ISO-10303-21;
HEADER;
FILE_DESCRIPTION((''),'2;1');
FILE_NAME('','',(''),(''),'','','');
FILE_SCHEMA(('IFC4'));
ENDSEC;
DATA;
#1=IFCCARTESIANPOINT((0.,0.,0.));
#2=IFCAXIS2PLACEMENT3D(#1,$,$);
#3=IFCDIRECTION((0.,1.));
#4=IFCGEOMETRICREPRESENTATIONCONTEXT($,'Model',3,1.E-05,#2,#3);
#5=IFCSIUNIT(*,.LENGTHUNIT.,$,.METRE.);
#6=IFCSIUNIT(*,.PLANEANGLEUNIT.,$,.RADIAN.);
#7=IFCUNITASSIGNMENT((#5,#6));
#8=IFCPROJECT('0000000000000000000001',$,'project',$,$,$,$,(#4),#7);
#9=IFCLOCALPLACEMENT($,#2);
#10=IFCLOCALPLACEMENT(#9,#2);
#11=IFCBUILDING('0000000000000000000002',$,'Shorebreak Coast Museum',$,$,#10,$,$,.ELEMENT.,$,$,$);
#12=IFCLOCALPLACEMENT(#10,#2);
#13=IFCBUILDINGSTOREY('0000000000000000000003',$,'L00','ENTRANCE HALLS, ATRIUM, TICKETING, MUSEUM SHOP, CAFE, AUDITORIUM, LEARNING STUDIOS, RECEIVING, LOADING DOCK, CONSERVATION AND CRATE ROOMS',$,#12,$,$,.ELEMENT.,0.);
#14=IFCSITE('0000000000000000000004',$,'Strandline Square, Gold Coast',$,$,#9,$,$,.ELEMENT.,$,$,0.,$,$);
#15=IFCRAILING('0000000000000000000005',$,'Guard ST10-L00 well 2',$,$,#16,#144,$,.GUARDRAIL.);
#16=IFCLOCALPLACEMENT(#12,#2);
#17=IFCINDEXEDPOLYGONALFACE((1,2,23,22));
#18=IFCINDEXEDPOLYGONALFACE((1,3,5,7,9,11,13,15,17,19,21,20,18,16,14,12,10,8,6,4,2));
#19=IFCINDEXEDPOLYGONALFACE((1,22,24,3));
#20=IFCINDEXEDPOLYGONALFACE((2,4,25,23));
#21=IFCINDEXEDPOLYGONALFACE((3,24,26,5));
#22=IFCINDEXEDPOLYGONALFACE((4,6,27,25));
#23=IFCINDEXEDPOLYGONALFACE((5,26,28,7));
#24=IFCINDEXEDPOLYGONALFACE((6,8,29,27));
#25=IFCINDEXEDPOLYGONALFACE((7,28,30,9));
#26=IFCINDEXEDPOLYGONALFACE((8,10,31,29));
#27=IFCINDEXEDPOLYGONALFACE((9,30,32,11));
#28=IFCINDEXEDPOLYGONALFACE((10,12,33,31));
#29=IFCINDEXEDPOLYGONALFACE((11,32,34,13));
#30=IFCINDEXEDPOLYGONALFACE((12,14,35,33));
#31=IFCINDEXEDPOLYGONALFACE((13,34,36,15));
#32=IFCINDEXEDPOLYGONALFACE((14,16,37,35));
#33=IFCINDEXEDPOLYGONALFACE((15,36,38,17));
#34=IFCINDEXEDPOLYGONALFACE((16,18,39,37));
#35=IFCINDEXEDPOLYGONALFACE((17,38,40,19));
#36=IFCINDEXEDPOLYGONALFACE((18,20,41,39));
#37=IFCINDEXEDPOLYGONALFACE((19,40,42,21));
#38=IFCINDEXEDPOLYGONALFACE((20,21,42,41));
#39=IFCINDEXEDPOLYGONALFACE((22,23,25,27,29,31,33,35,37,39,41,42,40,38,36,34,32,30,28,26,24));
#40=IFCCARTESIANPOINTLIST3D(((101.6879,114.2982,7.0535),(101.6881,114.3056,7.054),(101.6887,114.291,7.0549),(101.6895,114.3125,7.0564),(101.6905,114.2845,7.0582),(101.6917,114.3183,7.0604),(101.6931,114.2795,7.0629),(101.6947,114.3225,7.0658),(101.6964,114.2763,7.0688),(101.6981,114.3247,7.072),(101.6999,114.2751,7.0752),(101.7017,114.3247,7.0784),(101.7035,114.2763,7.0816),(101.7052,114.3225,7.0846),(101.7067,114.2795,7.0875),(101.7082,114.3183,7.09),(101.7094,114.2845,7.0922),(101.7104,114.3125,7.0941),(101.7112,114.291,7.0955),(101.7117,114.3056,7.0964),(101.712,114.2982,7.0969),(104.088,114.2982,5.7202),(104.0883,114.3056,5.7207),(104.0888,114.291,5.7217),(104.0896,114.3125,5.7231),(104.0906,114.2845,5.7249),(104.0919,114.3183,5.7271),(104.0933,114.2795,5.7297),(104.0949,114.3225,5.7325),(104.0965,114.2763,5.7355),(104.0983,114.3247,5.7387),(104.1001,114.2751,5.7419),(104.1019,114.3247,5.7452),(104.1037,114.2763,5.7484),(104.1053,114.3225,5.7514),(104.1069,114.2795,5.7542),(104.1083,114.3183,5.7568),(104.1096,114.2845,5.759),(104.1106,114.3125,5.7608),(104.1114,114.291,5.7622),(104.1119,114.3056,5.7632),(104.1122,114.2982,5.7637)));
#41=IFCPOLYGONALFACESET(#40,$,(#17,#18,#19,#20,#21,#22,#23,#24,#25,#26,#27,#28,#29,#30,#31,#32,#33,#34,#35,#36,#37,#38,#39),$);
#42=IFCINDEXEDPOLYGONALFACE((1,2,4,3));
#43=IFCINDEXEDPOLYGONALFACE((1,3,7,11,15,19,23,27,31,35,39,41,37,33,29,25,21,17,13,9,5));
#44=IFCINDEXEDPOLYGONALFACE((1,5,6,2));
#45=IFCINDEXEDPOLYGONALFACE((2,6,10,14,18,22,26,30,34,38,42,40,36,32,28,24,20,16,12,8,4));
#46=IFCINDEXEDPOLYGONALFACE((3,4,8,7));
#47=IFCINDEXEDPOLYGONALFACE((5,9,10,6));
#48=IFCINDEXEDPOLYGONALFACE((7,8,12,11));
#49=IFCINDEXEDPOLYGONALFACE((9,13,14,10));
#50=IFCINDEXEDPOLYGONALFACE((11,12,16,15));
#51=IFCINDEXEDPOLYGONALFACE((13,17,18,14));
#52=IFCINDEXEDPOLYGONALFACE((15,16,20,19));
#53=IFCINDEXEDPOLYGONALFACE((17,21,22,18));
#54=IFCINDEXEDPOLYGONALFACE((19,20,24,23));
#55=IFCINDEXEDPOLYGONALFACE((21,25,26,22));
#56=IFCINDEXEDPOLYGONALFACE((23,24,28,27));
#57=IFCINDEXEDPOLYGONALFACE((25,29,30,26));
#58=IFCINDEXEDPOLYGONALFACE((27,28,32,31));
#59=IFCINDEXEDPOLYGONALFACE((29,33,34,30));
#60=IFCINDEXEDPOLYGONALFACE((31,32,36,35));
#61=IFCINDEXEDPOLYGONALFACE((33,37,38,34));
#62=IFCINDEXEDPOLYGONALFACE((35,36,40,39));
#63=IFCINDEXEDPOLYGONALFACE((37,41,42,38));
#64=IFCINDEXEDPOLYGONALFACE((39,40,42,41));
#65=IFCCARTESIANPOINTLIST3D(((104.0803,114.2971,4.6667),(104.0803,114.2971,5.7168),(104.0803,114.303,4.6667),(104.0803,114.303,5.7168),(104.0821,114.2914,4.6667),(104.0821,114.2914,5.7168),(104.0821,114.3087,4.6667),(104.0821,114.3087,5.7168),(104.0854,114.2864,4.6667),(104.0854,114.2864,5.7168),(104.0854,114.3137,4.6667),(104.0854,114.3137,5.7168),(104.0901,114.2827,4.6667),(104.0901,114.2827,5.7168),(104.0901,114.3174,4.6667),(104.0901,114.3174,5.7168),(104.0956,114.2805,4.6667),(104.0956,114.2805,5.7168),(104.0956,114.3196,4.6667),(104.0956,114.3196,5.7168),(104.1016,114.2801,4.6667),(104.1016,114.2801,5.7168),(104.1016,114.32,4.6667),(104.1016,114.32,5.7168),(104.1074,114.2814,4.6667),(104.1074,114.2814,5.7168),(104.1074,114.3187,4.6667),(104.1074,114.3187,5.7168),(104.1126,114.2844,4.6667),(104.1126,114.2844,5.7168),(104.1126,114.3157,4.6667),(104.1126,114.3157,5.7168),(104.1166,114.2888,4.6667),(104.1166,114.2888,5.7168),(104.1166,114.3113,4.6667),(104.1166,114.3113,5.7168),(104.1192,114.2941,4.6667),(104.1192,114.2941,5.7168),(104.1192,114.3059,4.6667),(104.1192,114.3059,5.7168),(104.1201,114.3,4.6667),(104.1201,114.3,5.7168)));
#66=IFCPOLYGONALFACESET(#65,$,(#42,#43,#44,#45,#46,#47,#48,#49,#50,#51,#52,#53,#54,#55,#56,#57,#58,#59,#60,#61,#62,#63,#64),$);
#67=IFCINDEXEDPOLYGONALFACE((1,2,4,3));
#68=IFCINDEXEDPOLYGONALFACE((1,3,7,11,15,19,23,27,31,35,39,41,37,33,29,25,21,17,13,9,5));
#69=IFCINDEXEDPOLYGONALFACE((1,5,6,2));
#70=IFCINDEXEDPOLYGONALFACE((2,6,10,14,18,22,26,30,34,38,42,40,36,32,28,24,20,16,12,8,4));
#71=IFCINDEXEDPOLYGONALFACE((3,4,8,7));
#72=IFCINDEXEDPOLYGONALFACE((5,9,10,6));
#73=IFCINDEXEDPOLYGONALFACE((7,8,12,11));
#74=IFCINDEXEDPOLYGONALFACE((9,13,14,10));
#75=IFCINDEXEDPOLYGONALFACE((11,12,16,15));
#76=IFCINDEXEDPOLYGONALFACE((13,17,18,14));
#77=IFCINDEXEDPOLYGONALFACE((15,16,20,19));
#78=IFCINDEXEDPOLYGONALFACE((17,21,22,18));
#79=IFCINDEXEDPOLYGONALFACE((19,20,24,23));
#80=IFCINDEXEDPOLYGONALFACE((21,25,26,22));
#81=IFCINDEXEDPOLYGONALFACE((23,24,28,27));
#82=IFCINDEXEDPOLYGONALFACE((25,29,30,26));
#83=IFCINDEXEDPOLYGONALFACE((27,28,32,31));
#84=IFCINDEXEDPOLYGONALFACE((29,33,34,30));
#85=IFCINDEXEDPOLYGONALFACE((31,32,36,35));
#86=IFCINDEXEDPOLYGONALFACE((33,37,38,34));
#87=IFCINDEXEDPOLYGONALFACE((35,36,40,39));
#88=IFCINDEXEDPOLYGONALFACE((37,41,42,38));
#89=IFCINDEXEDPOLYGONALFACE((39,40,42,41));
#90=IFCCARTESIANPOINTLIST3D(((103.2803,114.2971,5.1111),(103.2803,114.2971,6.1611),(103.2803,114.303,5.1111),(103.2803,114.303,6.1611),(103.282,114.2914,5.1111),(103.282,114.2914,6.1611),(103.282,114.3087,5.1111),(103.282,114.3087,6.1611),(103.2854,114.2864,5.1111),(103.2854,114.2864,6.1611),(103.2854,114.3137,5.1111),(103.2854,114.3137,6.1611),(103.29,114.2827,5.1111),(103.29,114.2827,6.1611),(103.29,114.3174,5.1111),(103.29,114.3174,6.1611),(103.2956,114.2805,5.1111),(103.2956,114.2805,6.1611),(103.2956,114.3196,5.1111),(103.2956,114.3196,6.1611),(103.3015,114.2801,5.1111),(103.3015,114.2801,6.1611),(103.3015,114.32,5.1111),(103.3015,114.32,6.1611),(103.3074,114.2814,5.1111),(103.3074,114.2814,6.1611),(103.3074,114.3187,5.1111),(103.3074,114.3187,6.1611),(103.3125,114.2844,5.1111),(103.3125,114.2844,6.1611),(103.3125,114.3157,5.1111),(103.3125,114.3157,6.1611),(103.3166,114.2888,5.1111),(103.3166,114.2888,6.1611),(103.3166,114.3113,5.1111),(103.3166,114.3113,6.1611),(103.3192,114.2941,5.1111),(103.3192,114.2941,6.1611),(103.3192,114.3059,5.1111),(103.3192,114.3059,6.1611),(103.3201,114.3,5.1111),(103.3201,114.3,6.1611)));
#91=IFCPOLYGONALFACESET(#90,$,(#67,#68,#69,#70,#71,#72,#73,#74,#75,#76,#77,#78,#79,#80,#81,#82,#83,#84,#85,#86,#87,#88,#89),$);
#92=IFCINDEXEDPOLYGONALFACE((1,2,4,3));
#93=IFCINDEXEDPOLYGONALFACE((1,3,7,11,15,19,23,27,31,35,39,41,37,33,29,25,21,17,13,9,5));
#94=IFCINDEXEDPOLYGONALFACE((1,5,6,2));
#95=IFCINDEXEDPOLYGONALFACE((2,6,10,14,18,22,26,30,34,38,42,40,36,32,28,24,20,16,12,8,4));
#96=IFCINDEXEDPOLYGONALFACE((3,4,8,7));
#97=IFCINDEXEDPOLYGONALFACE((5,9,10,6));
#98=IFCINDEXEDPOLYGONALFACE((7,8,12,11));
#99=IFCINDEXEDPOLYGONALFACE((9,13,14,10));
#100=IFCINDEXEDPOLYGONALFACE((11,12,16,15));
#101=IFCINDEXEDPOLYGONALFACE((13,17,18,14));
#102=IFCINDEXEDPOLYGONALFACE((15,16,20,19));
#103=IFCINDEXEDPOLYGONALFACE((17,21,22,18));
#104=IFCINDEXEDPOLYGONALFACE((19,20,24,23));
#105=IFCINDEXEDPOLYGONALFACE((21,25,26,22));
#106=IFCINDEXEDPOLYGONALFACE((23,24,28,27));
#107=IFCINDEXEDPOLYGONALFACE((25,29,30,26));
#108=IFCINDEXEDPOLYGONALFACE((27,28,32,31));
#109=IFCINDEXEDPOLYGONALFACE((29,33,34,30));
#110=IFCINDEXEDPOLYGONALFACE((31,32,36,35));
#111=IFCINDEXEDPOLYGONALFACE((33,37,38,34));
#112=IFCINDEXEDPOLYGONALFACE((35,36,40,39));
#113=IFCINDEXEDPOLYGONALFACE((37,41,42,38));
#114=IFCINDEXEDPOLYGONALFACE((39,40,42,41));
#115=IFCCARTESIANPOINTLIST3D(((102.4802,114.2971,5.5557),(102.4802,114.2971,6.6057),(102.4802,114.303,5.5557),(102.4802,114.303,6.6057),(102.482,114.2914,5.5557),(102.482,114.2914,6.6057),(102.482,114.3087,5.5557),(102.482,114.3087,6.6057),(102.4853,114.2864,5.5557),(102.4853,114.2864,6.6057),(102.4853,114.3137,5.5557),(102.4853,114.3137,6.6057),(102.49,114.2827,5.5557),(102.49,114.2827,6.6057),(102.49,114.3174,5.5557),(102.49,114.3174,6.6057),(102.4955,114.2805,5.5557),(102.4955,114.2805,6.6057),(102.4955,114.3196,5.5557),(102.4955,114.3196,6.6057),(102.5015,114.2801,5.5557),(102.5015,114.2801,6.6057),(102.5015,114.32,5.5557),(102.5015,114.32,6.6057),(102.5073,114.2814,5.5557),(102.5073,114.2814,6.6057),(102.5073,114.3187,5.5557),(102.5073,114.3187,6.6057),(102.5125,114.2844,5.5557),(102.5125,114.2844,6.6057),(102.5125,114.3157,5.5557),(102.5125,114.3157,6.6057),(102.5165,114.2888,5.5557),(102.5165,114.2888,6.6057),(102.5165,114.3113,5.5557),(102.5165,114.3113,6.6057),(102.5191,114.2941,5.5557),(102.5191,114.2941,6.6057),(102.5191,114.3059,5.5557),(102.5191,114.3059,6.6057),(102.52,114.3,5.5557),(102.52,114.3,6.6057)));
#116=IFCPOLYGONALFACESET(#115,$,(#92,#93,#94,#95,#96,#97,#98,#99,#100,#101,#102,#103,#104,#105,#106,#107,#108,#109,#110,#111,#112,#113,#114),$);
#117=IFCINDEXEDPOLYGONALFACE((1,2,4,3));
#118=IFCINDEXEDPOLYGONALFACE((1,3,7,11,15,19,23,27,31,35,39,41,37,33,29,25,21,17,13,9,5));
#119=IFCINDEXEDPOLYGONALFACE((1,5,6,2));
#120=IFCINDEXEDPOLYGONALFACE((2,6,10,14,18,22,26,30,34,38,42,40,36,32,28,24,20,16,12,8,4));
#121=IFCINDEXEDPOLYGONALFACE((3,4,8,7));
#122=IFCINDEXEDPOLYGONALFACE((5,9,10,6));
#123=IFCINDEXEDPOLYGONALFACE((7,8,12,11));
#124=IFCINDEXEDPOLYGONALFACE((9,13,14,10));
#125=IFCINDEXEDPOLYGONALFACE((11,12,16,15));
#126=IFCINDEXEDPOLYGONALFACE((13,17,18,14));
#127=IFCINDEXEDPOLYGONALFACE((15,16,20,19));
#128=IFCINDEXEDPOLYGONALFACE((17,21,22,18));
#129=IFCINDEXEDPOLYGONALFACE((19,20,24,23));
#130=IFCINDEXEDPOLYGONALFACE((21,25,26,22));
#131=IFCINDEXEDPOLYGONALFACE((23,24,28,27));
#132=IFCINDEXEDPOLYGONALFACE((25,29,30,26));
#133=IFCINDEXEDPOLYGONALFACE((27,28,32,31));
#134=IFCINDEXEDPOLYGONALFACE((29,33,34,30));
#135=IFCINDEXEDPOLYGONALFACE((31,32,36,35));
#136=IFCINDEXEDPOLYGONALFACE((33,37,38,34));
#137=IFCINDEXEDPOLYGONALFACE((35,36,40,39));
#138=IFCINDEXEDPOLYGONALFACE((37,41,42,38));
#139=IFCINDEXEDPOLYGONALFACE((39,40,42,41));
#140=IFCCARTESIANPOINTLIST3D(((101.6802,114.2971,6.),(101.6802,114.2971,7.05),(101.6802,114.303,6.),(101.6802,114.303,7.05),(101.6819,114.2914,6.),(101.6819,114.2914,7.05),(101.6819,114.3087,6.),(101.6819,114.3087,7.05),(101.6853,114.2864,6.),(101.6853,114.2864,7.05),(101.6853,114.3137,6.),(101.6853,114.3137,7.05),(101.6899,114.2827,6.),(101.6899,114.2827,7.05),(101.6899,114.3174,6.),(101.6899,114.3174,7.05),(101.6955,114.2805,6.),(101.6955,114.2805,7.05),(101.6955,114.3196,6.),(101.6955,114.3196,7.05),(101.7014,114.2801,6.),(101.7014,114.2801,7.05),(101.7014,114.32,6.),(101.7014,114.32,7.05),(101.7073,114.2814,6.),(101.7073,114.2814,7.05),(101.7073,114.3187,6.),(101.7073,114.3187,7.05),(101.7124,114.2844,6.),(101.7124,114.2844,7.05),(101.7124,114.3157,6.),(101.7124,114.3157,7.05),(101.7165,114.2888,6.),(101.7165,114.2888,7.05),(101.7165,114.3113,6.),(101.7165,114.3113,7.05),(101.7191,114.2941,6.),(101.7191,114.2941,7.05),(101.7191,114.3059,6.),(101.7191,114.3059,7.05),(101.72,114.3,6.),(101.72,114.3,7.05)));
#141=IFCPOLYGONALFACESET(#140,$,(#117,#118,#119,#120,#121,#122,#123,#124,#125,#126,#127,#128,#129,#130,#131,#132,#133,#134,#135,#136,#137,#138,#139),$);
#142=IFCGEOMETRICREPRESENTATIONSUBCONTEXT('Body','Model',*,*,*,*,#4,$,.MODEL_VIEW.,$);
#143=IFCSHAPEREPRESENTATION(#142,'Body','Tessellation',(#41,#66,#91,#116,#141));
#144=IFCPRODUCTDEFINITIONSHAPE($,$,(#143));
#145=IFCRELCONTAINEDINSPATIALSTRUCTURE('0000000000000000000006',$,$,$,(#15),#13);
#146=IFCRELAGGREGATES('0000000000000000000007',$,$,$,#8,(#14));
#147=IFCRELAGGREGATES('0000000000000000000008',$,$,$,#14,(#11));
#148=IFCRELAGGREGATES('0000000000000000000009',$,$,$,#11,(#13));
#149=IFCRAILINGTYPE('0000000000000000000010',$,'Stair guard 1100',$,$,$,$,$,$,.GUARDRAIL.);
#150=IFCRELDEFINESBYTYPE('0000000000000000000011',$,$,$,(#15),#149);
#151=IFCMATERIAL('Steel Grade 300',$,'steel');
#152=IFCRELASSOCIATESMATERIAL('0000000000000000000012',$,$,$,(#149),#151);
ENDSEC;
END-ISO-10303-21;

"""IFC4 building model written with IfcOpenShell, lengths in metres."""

from ifc_helpers import new_model, si_unit, direction, frame, origin, origin_2d, place, context, subcontext, project, spatial, circle, extrude, material, type_object, element, save


model = new_model("IFC4")

# Units and contexts
model_context = context("Model", 3, precision=1e-05, world=origin(), true_north=direction((0.0, 1.0)))
body_context = subcontext(model_context, "Body", "Model", "MODEL_VIEW")
ifc_project = project(units=[si_unit("LENGTHUNIT", "METRE"), si_unit("PLANEANGLEUNIT", "RADIAN")], contexts=[model_context])

# Site, building, storey
site_placement = place(None, origin())
site = spatial("IfcSite", under=ifc_project, at=site_placement, Name="Strandline Square, Gold Coast", CompositionType="ELEMENT", RefElevation=0.0)
building_placement = place(site_placement, origin())
building = spatial("IfcBuilding", under=site, at=building_placement, Name="Shorebreak Coast Museum", CompositionType="ELEMENT")
storey_placement = place(building_placement, origin())
storey = spatial("IfcBuildingStorey", under=building, at=storey_placement, Name="L00", Description="ENTRANCE HALLS, ATRIUM, TICKETING, MUSEUM SHOP, CAFE, AUDITORIUM, LEARNING STUDIOS, RECEIVING, LOADING DOCK, CONSERVATION AND CRATE ROOMS", CompositionType="ELEMENT", Elevation=0.0)

# Railing
ifc_material_1 = material(Name="Steel Grade 300", Category="steel")
railing_type_1 = type_object("IfcRailingType", Name="Stair guard 1100", PredefinedType="GUARDRAIL", material=ifc_material_1)
for number, where, name in (
    (1, (104.1001, 114.3, 4.6667), "Guard ST10-L00 well 2"),
):
    element("IfcRailing", number, at=place(storey_placement, frame(where)), inside=storey, type_object=railing_type_1, Name=name, PredefinedType="GUARDRAIL", context=body_context, shape_type="SweptSolid", body=[
        extrude(circle(Radius=0.0249, at=origin_2d()), frame((0.0, 0.0, 1.0752), z_axis=(-0.874182, 0.0, 0.485598), x_axis=(0.0, -1.0, 0.0)), (0.0, 0.0, 1.0), 2.7456),
        extrude(circle(Radius=0.02, at=origin_2d()), origin(), (0.0, 0.0, 1.0), 1.05),
        extrude(circle(Radius=0.02, at=origin_2d()), frame((-0.8, 0.0, 0.4443)), (0.0, 0.0, 1.0), 1.05),
        extrude(circle(Radius=0.02, at=origin_2d()), frame((-1.6001, 0.0, 0.8889)), (0.0, 0.0, 1.0), 1.05),
        extrude(circle(Radius=0.02, at=origin_2d()), frame((-2.4001, 0.0, 1.3333)), (0.0, 0.0, 1.0), 1.05),
    ])

save(model, "model.ifc")
